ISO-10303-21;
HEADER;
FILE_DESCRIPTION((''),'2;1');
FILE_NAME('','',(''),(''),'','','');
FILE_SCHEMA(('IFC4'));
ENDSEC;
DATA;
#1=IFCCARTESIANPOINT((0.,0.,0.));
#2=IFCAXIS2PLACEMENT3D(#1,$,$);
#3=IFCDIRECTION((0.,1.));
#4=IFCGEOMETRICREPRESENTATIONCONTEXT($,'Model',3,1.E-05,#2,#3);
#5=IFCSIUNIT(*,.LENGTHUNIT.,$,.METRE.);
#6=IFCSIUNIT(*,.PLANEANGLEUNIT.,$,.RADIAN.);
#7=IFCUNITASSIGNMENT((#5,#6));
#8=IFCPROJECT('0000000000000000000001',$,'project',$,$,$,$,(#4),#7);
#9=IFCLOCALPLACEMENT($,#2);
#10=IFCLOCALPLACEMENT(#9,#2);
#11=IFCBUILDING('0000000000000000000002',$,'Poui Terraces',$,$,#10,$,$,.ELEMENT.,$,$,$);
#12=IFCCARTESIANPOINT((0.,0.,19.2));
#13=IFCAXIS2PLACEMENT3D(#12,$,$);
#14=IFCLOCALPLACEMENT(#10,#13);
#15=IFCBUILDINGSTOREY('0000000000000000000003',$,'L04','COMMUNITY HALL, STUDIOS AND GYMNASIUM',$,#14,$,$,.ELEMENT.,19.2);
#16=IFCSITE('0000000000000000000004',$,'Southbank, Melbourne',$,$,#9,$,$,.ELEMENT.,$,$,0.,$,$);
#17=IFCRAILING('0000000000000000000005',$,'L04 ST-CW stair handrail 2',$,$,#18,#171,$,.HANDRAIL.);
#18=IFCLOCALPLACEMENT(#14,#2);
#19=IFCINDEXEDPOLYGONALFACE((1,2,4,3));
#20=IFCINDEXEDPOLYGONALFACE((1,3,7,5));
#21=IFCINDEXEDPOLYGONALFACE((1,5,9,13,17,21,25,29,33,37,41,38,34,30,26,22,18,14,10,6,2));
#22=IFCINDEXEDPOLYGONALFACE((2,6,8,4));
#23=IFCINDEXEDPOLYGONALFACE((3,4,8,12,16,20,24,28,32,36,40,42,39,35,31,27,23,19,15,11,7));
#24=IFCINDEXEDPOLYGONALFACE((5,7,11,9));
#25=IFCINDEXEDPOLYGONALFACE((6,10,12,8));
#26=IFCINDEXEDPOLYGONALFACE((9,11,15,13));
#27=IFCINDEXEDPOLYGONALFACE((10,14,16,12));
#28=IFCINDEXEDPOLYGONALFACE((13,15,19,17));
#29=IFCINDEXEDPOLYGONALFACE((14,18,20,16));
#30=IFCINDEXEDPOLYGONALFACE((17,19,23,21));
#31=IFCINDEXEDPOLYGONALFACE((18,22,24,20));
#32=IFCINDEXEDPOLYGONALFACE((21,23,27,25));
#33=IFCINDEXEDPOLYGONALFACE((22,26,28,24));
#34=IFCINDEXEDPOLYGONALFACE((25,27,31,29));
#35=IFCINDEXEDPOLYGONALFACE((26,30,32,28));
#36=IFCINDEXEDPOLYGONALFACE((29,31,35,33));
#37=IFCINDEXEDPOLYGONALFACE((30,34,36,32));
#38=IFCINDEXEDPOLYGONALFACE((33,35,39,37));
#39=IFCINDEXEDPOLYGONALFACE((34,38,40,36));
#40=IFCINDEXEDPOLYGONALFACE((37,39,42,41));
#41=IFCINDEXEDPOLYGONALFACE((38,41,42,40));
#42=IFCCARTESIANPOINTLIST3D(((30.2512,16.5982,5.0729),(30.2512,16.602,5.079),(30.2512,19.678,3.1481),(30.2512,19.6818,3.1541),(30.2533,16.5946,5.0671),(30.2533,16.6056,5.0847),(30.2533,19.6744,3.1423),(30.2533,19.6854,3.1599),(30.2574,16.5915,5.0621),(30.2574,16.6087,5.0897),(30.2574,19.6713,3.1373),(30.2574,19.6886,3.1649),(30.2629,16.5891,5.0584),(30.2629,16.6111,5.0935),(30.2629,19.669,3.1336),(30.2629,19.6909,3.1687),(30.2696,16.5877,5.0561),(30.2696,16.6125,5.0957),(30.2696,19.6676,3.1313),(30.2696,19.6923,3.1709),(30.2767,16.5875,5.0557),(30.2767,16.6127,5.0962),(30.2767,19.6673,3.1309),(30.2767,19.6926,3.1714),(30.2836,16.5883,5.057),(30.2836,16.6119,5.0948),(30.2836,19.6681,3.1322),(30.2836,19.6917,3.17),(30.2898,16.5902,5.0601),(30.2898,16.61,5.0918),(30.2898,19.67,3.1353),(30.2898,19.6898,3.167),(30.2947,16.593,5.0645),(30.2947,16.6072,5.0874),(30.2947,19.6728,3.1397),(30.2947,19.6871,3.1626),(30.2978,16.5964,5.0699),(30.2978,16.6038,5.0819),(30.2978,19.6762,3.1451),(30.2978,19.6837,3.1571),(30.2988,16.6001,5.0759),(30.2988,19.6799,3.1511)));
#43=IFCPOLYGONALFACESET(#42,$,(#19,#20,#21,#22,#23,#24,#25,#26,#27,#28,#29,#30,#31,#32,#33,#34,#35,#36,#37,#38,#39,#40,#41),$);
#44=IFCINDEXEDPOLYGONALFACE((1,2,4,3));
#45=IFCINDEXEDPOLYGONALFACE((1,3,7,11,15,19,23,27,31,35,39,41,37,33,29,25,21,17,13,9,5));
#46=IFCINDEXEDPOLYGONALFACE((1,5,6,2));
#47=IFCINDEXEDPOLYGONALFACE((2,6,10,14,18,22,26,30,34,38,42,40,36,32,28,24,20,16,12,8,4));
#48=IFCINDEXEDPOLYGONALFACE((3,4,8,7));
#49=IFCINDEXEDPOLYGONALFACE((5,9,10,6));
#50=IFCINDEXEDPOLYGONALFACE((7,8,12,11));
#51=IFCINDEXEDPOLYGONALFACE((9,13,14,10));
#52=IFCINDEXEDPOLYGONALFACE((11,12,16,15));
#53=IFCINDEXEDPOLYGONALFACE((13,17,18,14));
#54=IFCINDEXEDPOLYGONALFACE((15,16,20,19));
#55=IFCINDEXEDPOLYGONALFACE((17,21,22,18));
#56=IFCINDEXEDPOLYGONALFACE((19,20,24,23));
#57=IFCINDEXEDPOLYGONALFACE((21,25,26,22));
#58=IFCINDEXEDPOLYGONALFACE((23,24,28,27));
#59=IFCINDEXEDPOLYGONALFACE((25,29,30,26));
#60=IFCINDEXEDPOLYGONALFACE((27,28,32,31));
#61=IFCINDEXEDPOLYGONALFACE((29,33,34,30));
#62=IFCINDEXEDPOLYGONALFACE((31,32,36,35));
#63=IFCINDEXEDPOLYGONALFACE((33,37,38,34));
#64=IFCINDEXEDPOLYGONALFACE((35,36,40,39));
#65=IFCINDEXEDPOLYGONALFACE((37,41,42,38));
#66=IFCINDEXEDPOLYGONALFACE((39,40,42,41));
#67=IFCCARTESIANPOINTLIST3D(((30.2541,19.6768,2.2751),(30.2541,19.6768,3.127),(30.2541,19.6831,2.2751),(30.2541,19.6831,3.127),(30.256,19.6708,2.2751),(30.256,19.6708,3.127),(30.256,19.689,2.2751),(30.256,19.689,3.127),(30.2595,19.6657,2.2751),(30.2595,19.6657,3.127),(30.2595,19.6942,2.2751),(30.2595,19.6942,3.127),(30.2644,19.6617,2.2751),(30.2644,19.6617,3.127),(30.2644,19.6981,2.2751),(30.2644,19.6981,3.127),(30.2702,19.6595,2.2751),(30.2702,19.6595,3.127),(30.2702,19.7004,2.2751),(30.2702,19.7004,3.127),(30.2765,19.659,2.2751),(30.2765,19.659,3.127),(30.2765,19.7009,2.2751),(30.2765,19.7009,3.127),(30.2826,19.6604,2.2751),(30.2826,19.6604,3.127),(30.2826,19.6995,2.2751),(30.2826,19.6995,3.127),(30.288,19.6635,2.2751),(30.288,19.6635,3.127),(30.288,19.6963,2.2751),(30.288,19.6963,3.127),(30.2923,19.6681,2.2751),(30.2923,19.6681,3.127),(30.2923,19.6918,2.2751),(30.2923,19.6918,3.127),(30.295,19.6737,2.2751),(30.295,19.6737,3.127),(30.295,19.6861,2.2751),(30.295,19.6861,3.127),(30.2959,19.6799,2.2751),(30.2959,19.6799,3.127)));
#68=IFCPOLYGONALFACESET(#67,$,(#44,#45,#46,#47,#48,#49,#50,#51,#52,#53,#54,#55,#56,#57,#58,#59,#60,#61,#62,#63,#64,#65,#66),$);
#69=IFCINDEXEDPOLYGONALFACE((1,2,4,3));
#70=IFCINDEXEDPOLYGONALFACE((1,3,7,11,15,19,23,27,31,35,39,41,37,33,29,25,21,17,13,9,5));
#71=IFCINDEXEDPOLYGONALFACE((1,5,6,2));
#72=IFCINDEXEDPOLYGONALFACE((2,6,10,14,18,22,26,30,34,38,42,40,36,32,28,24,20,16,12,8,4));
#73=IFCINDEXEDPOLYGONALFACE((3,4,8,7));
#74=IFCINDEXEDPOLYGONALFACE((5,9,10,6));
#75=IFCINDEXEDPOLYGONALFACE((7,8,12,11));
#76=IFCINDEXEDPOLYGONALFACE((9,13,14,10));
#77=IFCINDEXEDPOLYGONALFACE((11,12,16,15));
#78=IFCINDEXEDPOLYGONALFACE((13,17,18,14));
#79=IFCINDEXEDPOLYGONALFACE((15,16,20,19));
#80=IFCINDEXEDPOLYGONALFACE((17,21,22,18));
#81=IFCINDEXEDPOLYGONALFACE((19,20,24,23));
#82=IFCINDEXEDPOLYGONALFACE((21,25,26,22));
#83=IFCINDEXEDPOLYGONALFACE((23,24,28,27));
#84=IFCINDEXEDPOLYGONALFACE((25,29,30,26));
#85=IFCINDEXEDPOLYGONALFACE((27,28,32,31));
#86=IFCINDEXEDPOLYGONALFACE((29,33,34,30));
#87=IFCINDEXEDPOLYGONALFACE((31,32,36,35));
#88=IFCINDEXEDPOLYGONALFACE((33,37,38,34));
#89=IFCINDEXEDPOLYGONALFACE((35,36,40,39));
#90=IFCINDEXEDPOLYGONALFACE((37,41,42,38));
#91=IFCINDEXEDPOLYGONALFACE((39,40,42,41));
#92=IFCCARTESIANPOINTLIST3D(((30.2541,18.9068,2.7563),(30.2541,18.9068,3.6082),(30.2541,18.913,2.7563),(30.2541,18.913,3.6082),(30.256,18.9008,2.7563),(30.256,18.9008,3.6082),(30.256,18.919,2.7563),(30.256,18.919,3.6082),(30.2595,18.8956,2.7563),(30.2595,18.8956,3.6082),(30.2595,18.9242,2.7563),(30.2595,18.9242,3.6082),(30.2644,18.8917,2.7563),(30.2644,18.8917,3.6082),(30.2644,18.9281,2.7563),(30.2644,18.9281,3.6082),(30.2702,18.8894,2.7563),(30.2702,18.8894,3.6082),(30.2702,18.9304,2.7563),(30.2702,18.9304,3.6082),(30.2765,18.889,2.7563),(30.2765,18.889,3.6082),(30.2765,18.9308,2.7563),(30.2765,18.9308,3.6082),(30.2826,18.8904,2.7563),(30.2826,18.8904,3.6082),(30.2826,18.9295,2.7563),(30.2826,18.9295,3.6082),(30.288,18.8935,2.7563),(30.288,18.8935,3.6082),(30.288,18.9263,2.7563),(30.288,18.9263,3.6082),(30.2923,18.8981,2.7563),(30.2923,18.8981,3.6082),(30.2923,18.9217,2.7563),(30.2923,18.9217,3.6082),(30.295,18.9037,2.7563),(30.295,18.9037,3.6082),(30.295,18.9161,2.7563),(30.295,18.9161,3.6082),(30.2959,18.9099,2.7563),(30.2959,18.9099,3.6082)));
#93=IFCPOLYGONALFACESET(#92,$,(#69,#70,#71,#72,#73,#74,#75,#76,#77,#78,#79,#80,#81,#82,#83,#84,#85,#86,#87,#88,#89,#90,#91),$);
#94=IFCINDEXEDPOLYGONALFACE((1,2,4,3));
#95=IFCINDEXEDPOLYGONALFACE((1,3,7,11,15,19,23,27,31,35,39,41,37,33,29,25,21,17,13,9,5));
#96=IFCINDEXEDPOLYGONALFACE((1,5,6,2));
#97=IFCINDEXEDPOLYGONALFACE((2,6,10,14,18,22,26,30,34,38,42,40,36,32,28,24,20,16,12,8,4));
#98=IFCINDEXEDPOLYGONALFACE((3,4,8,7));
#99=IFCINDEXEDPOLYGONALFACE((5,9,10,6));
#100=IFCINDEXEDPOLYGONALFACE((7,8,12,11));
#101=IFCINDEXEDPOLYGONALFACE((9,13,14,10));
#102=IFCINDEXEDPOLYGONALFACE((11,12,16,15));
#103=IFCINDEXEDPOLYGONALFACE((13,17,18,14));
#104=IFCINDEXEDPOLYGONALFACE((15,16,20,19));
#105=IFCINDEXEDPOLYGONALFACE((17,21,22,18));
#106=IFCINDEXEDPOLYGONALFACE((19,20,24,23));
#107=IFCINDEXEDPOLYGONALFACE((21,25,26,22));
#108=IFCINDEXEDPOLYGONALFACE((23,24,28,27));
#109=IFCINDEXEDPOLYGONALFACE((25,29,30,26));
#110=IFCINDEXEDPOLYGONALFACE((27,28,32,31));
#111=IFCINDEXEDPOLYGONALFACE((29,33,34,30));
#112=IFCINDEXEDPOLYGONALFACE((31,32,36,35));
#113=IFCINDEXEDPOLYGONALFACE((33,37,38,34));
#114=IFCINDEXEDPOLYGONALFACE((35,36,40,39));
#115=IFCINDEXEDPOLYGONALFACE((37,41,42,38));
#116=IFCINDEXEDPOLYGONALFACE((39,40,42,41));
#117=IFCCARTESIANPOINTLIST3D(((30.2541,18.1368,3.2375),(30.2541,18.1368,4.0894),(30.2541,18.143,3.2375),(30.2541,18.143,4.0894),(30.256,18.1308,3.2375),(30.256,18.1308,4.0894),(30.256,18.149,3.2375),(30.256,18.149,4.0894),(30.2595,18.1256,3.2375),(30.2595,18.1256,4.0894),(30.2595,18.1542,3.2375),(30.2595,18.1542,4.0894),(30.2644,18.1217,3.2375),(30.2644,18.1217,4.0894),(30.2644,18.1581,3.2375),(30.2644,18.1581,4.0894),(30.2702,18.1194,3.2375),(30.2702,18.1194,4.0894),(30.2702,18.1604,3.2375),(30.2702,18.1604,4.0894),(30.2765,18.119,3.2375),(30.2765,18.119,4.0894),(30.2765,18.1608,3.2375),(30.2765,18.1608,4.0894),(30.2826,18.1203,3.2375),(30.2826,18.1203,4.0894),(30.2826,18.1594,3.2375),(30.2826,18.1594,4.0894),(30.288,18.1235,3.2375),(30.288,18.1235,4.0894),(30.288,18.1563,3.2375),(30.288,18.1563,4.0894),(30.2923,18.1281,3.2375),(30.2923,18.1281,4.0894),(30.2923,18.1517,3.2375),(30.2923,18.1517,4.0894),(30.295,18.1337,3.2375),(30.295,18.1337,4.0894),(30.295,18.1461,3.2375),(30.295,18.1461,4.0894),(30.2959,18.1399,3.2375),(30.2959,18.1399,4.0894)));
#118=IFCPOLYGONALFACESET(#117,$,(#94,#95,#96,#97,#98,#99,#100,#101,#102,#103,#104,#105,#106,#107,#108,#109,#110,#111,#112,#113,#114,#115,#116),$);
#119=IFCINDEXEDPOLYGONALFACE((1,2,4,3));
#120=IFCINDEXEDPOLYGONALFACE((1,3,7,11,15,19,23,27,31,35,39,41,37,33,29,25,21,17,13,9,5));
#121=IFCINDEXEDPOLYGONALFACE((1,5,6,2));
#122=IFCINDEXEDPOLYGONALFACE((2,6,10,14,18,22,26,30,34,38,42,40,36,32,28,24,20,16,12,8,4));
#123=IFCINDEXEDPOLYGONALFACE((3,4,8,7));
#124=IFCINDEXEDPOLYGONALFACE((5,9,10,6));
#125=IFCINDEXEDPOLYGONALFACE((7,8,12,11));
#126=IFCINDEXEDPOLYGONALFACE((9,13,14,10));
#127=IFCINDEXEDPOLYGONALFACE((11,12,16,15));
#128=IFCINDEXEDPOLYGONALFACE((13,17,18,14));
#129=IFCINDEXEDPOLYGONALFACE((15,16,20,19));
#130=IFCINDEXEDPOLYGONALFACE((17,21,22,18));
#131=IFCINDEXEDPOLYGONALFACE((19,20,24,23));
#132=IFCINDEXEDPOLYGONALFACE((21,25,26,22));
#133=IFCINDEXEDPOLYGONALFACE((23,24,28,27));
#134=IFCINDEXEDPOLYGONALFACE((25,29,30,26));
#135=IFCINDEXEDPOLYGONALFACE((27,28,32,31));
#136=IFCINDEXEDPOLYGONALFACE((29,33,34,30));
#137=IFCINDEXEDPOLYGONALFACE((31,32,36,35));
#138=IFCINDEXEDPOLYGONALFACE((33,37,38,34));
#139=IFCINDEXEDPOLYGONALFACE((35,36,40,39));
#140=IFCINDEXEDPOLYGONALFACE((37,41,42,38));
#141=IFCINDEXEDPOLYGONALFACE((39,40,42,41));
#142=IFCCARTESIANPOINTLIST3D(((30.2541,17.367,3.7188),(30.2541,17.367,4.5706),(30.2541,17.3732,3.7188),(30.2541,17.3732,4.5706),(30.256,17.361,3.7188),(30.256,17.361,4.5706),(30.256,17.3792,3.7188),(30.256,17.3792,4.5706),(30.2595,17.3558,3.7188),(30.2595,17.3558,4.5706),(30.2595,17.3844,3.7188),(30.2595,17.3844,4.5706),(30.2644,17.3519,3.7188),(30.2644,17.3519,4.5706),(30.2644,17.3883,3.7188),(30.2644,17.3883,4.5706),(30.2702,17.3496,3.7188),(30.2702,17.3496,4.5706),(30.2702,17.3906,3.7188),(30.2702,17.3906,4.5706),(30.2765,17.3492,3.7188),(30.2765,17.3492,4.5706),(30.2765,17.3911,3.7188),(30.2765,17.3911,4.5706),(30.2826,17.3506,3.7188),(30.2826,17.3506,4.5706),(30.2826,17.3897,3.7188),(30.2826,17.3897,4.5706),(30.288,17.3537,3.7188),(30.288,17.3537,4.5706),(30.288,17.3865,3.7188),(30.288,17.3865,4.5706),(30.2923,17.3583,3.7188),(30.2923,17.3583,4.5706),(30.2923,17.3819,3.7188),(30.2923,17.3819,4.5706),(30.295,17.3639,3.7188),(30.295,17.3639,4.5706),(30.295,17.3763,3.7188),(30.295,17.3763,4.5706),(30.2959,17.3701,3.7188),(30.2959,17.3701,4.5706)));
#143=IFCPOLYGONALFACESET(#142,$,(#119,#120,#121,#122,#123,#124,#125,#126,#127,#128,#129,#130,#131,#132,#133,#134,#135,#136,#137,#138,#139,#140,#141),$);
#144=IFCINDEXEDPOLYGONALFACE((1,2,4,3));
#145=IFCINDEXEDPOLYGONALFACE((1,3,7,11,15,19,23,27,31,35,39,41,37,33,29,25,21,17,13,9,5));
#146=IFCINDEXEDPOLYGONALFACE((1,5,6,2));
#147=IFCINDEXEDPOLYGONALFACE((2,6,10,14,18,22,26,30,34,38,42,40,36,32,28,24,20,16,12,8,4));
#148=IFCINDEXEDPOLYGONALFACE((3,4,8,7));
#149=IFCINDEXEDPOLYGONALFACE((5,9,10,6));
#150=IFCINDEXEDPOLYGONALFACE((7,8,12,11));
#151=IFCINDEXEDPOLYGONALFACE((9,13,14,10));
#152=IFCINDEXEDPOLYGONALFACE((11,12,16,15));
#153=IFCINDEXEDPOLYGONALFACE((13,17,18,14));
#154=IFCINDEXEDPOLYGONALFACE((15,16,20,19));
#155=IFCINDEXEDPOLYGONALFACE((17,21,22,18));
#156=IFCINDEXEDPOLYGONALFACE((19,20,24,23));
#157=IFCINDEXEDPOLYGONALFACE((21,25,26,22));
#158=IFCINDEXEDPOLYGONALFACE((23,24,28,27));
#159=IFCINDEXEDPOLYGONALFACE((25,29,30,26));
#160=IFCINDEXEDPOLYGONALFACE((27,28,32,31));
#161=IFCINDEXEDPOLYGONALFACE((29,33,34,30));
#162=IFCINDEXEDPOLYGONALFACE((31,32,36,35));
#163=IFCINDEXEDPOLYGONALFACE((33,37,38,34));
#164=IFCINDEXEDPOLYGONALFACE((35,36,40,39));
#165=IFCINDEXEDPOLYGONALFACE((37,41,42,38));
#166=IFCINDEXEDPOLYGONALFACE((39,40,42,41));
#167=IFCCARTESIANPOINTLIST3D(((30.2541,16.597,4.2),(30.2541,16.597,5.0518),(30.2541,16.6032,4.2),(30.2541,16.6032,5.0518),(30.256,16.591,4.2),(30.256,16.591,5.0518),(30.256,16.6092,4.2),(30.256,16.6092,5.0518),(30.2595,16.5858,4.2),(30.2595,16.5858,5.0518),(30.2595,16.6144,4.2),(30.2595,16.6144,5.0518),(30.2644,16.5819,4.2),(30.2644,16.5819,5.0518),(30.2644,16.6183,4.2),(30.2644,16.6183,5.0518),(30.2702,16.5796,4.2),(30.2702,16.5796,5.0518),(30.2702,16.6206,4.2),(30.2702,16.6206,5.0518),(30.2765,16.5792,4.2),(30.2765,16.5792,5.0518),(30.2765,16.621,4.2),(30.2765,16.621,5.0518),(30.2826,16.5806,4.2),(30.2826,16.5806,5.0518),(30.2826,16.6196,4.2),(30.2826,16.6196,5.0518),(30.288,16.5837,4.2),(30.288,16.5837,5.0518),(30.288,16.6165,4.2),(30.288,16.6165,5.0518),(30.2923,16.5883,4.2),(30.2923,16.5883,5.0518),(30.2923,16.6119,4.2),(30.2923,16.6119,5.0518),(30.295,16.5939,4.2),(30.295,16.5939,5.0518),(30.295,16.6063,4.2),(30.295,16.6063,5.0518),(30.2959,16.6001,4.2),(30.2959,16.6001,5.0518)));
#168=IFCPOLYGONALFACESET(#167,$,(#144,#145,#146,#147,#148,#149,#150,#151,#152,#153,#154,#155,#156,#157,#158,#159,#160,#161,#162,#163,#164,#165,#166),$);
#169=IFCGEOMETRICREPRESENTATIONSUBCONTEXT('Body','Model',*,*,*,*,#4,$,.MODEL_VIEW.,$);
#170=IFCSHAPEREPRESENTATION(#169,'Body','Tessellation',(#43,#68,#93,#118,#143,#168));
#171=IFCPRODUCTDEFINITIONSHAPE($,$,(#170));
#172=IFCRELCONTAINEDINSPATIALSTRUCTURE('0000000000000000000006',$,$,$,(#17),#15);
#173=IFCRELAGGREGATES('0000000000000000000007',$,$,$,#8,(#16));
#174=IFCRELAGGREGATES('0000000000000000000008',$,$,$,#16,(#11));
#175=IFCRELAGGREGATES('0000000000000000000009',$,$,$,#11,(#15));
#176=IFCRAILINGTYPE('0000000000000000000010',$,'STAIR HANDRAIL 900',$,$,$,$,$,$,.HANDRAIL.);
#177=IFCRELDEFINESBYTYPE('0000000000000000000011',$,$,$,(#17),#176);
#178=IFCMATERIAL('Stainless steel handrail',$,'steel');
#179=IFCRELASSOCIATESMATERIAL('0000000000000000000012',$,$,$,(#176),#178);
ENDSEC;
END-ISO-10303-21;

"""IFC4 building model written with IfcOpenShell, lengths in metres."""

from ifc_helpers import new_model, si_unit, direction, frame, origin, origin_2d, place, context, subcontext, project, spatial, circle, extrude, material, type_object, element, save


model = new_model("IFC4")

# Units and contexts
model_context = context("Model", 3, precision=1e-05, world=origin(), true_north=direction((0.0, 1.0)))
body_context = subcontext(model_context, "Body", "Model", "MODEL_VIEW")
ifc_project = project(units=[si_unit("LENGTHUNIT", "METRE"), si_unit("PLANEANGLEUNIT", "RADIAN")], contexts=[model_context])

# Site, building, storey
site_placement = place(None, origin())
site = spatial("IfcSite", under=ifc_project, at=site_placement, Name="Southbank, Melbourne", CompositionType="ELEMENT", RefElevation=0.0)
building_placement = place(site_placement, origin())
building = spatial("IfcBuilding", under=site, at=building_placement, Name="Poui Terraces", CompositionType="ELEMENT")
storey_placement = place(building_placement, frame((0.0, 0.0, 19.2)))
storey = spatial("IfcBuildingStorey", under=building, at=storey_placement, Name="L04", Description="COMMUNITY HALL, STUDIOS AND GYMNASIUM", CompositionType="ELEMENT", Elevation=19.2)

# Railing
ifc_material_1 = material(Name="Stainless steel handrail", Category="steel")
railing_type_1 = type_object("IfcRailingType", Name="STAIR HANDRAIL 900", PredefinedType="HANDRAIL", material=ifc_material_1)
railing_1_placement = place(storey_placement, frame((30.2749, 19.6799, 2.2751)))
element("IfcRailing", 1, at=railing_1_placement, inside=storey, type_object=railing_type_1, Name="L04 ST-CW stair handrail 2", PredefinedType="HANDRAIL", context=body_context, shape_type="SweptSolid", body=[
    extrude(circle(Radius=0.0239, at=origin_2d()), frame((0.0, 0.0, 0.876), z_axis=(0.0, -0.84801, 0.529981), x_axis=(1.0, 0.0, 0.0)), (0.0, 0.0, 1.0), 3.6318),
    extrude(circle(Radius=0.021, at=origin_2d()), origin(), (0.0, 0.0, 1.0), 0.8518),
    extrude(circle(Radius=0.021, at=origin_2d()), frame((0.0, -0.77, 0.4812)), (0.0, 0.0, 1.0), 0.8518),
    extrude(circle(Radius=0.021, at=origin_2d()), frame((0.0, -1.54, 0.9624)), (0.0, 0.0, 1.0), 0.8518),
    extrude(circle(Radius=0.021, at=origin_2d()), frame((0.0, -2.3098, 1.4436)), (0.0, 0.0, 1.0), 0.8518),
    extrude(circle(Radius=0.021, at=origin_2d()), frame((0.0, -3.0798, 1.9248)), (0.0, 0.0, 1.0), 0.8518),
])

save(model, "model.ifc")
